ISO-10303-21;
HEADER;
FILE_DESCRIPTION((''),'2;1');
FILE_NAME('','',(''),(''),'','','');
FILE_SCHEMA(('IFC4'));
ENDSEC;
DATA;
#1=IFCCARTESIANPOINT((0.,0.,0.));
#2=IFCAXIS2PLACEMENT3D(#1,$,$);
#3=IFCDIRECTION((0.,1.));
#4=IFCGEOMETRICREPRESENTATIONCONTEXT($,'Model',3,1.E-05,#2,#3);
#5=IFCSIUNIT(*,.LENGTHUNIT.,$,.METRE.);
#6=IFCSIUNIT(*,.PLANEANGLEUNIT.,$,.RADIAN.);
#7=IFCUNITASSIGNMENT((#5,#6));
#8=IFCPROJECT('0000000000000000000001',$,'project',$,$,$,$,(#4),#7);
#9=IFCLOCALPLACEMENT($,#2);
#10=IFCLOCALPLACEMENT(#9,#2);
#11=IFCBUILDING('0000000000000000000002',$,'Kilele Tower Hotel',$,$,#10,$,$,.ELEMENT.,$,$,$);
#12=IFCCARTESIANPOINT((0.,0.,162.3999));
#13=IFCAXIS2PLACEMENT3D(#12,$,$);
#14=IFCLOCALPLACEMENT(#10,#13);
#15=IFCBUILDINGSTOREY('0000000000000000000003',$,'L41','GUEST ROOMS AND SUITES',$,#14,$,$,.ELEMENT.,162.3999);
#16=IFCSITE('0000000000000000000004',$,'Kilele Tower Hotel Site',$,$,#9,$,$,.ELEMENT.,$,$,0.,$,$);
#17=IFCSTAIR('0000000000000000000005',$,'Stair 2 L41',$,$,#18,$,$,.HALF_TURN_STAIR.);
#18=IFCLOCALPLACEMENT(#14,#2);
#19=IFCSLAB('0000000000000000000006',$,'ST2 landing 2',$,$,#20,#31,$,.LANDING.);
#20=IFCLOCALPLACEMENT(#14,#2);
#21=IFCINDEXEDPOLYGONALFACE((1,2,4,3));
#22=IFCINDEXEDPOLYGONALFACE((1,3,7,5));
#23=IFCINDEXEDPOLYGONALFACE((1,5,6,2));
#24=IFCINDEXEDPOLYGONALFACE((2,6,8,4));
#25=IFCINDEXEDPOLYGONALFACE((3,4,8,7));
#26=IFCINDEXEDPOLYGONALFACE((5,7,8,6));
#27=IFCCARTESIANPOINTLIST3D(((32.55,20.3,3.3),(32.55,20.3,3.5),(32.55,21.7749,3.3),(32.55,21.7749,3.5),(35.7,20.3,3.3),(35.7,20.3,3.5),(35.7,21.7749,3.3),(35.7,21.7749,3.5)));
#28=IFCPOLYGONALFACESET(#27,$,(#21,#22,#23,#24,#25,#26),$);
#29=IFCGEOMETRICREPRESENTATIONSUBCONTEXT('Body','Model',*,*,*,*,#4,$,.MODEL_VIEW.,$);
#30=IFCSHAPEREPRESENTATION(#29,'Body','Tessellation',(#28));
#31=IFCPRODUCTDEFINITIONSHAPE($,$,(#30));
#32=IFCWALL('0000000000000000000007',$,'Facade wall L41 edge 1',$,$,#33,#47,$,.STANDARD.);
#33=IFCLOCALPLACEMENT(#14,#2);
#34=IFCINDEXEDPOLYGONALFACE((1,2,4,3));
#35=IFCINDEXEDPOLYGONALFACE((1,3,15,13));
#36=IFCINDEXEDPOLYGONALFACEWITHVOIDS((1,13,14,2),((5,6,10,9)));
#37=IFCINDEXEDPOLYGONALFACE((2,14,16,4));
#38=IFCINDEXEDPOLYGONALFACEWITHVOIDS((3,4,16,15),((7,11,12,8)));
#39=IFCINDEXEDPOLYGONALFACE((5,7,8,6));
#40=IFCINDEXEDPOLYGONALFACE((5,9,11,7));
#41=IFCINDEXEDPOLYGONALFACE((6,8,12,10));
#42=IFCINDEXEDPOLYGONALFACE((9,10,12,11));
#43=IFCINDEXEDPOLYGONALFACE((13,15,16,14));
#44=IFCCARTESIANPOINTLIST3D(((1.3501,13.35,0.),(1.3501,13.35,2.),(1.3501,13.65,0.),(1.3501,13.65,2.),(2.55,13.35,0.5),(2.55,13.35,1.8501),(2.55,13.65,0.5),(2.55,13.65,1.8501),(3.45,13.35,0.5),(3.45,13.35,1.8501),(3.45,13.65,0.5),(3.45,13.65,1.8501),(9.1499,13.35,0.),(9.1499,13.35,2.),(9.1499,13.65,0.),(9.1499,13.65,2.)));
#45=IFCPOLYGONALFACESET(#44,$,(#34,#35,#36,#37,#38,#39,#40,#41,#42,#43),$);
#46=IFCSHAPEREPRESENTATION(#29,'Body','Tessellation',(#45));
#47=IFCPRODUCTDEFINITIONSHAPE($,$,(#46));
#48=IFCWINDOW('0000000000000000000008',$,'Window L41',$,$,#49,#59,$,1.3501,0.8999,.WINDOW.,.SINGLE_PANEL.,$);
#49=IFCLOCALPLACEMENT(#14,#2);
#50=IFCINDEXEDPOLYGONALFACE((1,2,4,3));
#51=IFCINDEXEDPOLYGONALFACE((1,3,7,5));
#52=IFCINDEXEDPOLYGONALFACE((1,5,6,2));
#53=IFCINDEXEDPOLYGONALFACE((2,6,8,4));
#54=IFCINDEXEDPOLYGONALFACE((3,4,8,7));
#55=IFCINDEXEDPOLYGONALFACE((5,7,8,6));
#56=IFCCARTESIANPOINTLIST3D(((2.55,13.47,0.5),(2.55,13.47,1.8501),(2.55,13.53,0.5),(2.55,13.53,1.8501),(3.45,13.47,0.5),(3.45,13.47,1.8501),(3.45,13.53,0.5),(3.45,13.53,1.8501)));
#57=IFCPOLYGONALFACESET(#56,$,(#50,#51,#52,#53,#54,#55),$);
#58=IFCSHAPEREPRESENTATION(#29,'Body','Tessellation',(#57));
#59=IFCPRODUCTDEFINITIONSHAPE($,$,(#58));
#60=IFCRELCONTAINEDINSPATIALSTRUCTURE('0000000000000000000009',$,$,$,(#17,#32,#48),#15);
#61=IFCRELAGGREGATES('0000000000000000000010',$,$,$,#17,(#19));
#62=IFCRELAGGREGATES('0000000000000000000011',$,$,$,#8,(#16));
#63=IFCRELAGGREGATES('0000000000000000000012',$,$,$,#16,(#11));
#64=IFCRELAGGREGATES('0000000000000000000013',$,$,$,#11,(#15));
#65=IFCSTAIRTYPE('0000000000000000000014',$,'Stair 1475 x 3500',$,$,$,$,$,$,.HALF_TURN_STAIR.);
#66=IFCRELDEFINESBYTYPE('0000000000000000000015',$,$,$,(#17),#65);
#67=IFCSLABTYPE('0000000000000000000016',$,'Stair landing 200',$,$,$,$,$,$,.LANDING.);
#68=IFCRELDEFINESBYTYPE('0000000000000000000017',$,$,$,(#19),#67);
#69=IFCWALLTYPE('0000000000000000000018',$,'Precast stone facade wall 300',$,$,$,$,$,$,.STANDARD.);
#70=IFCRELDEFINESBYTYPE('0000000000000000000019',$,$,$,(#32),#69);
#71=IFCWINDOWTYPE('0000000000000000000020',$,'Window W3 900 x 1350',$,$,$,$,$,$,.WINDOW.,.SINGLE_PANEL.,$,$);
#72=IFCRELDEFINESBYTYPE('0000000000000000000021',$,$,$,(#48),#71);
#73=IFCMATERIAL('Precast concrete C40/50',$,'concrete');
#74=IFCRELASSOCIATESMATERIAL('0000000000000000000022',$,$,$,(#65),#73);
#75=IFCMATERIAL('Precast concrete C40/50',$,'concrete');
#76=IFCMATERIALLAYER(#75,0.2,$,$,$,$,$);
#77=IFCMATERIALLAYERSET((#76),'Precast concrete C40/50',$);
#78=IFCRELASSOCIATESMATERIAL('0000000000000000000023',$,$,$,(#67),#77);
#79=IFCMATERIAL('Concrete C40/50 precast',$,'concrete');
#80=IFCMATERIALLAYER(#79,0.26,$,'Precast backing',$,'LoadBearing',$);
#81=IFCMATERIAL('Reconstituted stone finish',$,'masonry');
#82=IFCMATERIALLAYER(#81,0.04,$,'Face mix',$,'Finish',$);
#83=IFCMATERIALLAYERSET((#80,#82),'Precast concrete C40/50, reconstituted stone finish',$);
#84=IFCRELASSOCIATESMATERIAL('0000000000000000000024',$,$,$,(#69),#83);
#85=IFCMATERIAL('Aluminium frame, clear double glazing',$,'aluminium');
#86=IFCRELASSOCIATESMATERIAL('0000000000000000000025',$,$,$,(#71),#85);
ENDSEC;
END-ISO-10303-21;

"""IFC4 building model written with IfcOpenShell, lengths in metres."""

from ifc_helpers import new_model, si_unit, direction, frame, frame_2d, origin, place, context, subcontext, project, spatial, polyline, rectangle, outline, extrude, material, layer, layer_set, type_object, element, fill, aggregate, save


model = new_model("IFC4")

# Units and contexts
model_context = context("Model", 3, precision=1e-05, world=origin(), true_north=direction((0.0, 1.0)))
body_context = subcontext(model_context, "Body", "Model", "MODEL_VIEW")
ifc_project = project(units=[si_unit("LENGTHUNIT", "METRE"), si_unit("PLANEANGLEUNIT", "RADIAN")], contexts=[model_context])

# Site, building, storey
site_placement = place(None, origin())
site = spatial("IfcSite", under=ifc_project, at=site_placement, Name="Kilele Tower Hotel Site", CompositionType="ELEMENT", RefElevation=0.0)
building_placement = place(site_placement, origin())
building = spatial("IfcBuilding", under=site, at=building_placement, Name="Kilele Tower Hotel", CompositionType="ELEMENT")
storey_placement = place(building_placement, frame((0.0, 0.0, 162.3999)))
storey = spatial("IfcBuildingStorey", under=building, at=storey_placement, Name="L41", Description="GUEST ROOMS AND SUITES", CompositionType="ELEMENT", Elevation=162.3999)

# Stair, slab
ifc_material_1 = material(Name="Precast concrete C40/50", Category="concrete")
stair_type = type_object("IfcStairType", Name="Stair 1475 x 3500", PredefinedType="HALF_TURN_STAIR", material=ifc_material_1)
ifc_material_2 = material(Name="Precast concrete C40/50", Category="concrete")
ifc_layer_1 = layer(ifc_material_2, 0.2)
ifc_layer_set_1 = layer_set([ifc_layer_1], Name="Precast concrete C40/50")
slab_type_1 = type_object("IfcSlabType", Name="Stair landing 200", PredefinedType="LANDING", material=ifc_layer_set_1)
stair_1_placement = place(storey_placement, origin())
stair_1 = element("IfcStair", 1, at=stair_1_placement, inside=storey, type_object=stair_type, Name="Stair 2 L41", PredefinedType="HALF_TURN_STAIR")
slab_1_placement = place(storey_placement, frame((0.0, 0.0, 3.3)))
slab_1 = element("IfcSlab", 2, at=slab_1_placement, type_object=slab_type_1, Name="ST2 landing 2", PredefinedType="LANDING", context=body_context, shape_type="SweptSolid", body=[
    extrude(outline(polyline([(32.55, 20.3), (35.7, 20.3), (35.7, 21.7749), (32.55, 21.7749), (32.55, 20.3)])), origin(), (0.0, 0.0, 1.0), 0.2),
])
aggregate(stair_1, [slab_1])

# Wall, opening, window
ifc_material_3 = material(Name="Concrete C40/50 precast", Category="concrete")
ifc_layer_2 = layer(ifc_material_3, 0.26, Name="Precast backing", Category="LoadBearing")
ifc_material_4 = material(Name="Reconstituted stone finish", Category="masonry")
ifc_layer_3 = layer(ifc_material_4, 0.04, Name="Face mix", Category="Finish")
ifc_layer_set_2 = layer_set([ifc_layer_2, ifc_layer_3], Name="Precast concrete C40/50, reconstituted stone finish")
wall_type = type_object("IfcWallType", Name="Precast stone facade wall 300", PredefinedType="STANDARD", material=ifc_layer_set_2)
wall_1_placement = place(storey_placement, frame((1.3501, 13.5, 0.0), z_axis=(0.0, 0.0, 1.0), x_axis=(1.0, 0.0, 0.0)))
wall_1 = element("IfcWall", 3, at=wall_1_placement, inside=storey, type_object=wall_type, Name="Facade wall L41 edge 1", PredefinedType="STANDARD", context=body_context, shape_type="SweptSolid", body=[
    extrude(rectangle(XDim=7.7998, YDim=0.3, at=frame_2d((3.8999, 0.0))), origin(), (0.0, 0.0, 1.0), 2.0),
])
opening_1_placement = place(wall_1_placement, frame((1.2, 0.0, 0.5)))
opening_1 = element("IfcOpeningElement", 4, at=opening_1_placement, cuts=wall_1, PredefinedType="OPENING", context=body_context, shape_type="SweptSolid", body=[
    extrude(rectangle(XDim=0.8999, YDim=1.3501, at=frame_2d((0.45, 0.675))), frame((0.0, 0.1599, 0.0), z_axis=(0.0, -1.0, 0.0), x_axis=(1.0, 0.0, 0.0)), (0.0, 0.0, 1.0), 0.3201),
])
ifc_material_5 = material(Name="Aluminium frame, clear double glazing", Category="aluminium")
window_type_1 = type_object("IfcWindowType", Name="Window W3 900 x 1350", PartitioningType="SINGLE_PANEL", PredefinedType="WINDOW", material=ifc_material_5)
window_1_placement = place(opening_1_placement, origin())
window_1 = element("IfcWindow", 5, at=window_1_placement, inside=storey, type_object=window_type_1, Name="Window L41", OverallHeight=1.3501, OverallWidth=0.8999, PartitioningType="SINGLE_PANEL", PredefinedType="WINDOW", context=body_context, shape_type="SweptSolid", body=[
    extrude(rectangle(XDim=0.8999, YDim=1.3501, at=frame_2d((0.45, 0.675))), frame((0.0, 0.03, 0.0), z_axis=(0.0, -1.0, 0.0), x_axis=(1.0, 0.0, 0.0)), (0.0, 0.0, 1.0), 0.0601),
])
fill(opening_1, window_1)

save(model, "model.ifc")
